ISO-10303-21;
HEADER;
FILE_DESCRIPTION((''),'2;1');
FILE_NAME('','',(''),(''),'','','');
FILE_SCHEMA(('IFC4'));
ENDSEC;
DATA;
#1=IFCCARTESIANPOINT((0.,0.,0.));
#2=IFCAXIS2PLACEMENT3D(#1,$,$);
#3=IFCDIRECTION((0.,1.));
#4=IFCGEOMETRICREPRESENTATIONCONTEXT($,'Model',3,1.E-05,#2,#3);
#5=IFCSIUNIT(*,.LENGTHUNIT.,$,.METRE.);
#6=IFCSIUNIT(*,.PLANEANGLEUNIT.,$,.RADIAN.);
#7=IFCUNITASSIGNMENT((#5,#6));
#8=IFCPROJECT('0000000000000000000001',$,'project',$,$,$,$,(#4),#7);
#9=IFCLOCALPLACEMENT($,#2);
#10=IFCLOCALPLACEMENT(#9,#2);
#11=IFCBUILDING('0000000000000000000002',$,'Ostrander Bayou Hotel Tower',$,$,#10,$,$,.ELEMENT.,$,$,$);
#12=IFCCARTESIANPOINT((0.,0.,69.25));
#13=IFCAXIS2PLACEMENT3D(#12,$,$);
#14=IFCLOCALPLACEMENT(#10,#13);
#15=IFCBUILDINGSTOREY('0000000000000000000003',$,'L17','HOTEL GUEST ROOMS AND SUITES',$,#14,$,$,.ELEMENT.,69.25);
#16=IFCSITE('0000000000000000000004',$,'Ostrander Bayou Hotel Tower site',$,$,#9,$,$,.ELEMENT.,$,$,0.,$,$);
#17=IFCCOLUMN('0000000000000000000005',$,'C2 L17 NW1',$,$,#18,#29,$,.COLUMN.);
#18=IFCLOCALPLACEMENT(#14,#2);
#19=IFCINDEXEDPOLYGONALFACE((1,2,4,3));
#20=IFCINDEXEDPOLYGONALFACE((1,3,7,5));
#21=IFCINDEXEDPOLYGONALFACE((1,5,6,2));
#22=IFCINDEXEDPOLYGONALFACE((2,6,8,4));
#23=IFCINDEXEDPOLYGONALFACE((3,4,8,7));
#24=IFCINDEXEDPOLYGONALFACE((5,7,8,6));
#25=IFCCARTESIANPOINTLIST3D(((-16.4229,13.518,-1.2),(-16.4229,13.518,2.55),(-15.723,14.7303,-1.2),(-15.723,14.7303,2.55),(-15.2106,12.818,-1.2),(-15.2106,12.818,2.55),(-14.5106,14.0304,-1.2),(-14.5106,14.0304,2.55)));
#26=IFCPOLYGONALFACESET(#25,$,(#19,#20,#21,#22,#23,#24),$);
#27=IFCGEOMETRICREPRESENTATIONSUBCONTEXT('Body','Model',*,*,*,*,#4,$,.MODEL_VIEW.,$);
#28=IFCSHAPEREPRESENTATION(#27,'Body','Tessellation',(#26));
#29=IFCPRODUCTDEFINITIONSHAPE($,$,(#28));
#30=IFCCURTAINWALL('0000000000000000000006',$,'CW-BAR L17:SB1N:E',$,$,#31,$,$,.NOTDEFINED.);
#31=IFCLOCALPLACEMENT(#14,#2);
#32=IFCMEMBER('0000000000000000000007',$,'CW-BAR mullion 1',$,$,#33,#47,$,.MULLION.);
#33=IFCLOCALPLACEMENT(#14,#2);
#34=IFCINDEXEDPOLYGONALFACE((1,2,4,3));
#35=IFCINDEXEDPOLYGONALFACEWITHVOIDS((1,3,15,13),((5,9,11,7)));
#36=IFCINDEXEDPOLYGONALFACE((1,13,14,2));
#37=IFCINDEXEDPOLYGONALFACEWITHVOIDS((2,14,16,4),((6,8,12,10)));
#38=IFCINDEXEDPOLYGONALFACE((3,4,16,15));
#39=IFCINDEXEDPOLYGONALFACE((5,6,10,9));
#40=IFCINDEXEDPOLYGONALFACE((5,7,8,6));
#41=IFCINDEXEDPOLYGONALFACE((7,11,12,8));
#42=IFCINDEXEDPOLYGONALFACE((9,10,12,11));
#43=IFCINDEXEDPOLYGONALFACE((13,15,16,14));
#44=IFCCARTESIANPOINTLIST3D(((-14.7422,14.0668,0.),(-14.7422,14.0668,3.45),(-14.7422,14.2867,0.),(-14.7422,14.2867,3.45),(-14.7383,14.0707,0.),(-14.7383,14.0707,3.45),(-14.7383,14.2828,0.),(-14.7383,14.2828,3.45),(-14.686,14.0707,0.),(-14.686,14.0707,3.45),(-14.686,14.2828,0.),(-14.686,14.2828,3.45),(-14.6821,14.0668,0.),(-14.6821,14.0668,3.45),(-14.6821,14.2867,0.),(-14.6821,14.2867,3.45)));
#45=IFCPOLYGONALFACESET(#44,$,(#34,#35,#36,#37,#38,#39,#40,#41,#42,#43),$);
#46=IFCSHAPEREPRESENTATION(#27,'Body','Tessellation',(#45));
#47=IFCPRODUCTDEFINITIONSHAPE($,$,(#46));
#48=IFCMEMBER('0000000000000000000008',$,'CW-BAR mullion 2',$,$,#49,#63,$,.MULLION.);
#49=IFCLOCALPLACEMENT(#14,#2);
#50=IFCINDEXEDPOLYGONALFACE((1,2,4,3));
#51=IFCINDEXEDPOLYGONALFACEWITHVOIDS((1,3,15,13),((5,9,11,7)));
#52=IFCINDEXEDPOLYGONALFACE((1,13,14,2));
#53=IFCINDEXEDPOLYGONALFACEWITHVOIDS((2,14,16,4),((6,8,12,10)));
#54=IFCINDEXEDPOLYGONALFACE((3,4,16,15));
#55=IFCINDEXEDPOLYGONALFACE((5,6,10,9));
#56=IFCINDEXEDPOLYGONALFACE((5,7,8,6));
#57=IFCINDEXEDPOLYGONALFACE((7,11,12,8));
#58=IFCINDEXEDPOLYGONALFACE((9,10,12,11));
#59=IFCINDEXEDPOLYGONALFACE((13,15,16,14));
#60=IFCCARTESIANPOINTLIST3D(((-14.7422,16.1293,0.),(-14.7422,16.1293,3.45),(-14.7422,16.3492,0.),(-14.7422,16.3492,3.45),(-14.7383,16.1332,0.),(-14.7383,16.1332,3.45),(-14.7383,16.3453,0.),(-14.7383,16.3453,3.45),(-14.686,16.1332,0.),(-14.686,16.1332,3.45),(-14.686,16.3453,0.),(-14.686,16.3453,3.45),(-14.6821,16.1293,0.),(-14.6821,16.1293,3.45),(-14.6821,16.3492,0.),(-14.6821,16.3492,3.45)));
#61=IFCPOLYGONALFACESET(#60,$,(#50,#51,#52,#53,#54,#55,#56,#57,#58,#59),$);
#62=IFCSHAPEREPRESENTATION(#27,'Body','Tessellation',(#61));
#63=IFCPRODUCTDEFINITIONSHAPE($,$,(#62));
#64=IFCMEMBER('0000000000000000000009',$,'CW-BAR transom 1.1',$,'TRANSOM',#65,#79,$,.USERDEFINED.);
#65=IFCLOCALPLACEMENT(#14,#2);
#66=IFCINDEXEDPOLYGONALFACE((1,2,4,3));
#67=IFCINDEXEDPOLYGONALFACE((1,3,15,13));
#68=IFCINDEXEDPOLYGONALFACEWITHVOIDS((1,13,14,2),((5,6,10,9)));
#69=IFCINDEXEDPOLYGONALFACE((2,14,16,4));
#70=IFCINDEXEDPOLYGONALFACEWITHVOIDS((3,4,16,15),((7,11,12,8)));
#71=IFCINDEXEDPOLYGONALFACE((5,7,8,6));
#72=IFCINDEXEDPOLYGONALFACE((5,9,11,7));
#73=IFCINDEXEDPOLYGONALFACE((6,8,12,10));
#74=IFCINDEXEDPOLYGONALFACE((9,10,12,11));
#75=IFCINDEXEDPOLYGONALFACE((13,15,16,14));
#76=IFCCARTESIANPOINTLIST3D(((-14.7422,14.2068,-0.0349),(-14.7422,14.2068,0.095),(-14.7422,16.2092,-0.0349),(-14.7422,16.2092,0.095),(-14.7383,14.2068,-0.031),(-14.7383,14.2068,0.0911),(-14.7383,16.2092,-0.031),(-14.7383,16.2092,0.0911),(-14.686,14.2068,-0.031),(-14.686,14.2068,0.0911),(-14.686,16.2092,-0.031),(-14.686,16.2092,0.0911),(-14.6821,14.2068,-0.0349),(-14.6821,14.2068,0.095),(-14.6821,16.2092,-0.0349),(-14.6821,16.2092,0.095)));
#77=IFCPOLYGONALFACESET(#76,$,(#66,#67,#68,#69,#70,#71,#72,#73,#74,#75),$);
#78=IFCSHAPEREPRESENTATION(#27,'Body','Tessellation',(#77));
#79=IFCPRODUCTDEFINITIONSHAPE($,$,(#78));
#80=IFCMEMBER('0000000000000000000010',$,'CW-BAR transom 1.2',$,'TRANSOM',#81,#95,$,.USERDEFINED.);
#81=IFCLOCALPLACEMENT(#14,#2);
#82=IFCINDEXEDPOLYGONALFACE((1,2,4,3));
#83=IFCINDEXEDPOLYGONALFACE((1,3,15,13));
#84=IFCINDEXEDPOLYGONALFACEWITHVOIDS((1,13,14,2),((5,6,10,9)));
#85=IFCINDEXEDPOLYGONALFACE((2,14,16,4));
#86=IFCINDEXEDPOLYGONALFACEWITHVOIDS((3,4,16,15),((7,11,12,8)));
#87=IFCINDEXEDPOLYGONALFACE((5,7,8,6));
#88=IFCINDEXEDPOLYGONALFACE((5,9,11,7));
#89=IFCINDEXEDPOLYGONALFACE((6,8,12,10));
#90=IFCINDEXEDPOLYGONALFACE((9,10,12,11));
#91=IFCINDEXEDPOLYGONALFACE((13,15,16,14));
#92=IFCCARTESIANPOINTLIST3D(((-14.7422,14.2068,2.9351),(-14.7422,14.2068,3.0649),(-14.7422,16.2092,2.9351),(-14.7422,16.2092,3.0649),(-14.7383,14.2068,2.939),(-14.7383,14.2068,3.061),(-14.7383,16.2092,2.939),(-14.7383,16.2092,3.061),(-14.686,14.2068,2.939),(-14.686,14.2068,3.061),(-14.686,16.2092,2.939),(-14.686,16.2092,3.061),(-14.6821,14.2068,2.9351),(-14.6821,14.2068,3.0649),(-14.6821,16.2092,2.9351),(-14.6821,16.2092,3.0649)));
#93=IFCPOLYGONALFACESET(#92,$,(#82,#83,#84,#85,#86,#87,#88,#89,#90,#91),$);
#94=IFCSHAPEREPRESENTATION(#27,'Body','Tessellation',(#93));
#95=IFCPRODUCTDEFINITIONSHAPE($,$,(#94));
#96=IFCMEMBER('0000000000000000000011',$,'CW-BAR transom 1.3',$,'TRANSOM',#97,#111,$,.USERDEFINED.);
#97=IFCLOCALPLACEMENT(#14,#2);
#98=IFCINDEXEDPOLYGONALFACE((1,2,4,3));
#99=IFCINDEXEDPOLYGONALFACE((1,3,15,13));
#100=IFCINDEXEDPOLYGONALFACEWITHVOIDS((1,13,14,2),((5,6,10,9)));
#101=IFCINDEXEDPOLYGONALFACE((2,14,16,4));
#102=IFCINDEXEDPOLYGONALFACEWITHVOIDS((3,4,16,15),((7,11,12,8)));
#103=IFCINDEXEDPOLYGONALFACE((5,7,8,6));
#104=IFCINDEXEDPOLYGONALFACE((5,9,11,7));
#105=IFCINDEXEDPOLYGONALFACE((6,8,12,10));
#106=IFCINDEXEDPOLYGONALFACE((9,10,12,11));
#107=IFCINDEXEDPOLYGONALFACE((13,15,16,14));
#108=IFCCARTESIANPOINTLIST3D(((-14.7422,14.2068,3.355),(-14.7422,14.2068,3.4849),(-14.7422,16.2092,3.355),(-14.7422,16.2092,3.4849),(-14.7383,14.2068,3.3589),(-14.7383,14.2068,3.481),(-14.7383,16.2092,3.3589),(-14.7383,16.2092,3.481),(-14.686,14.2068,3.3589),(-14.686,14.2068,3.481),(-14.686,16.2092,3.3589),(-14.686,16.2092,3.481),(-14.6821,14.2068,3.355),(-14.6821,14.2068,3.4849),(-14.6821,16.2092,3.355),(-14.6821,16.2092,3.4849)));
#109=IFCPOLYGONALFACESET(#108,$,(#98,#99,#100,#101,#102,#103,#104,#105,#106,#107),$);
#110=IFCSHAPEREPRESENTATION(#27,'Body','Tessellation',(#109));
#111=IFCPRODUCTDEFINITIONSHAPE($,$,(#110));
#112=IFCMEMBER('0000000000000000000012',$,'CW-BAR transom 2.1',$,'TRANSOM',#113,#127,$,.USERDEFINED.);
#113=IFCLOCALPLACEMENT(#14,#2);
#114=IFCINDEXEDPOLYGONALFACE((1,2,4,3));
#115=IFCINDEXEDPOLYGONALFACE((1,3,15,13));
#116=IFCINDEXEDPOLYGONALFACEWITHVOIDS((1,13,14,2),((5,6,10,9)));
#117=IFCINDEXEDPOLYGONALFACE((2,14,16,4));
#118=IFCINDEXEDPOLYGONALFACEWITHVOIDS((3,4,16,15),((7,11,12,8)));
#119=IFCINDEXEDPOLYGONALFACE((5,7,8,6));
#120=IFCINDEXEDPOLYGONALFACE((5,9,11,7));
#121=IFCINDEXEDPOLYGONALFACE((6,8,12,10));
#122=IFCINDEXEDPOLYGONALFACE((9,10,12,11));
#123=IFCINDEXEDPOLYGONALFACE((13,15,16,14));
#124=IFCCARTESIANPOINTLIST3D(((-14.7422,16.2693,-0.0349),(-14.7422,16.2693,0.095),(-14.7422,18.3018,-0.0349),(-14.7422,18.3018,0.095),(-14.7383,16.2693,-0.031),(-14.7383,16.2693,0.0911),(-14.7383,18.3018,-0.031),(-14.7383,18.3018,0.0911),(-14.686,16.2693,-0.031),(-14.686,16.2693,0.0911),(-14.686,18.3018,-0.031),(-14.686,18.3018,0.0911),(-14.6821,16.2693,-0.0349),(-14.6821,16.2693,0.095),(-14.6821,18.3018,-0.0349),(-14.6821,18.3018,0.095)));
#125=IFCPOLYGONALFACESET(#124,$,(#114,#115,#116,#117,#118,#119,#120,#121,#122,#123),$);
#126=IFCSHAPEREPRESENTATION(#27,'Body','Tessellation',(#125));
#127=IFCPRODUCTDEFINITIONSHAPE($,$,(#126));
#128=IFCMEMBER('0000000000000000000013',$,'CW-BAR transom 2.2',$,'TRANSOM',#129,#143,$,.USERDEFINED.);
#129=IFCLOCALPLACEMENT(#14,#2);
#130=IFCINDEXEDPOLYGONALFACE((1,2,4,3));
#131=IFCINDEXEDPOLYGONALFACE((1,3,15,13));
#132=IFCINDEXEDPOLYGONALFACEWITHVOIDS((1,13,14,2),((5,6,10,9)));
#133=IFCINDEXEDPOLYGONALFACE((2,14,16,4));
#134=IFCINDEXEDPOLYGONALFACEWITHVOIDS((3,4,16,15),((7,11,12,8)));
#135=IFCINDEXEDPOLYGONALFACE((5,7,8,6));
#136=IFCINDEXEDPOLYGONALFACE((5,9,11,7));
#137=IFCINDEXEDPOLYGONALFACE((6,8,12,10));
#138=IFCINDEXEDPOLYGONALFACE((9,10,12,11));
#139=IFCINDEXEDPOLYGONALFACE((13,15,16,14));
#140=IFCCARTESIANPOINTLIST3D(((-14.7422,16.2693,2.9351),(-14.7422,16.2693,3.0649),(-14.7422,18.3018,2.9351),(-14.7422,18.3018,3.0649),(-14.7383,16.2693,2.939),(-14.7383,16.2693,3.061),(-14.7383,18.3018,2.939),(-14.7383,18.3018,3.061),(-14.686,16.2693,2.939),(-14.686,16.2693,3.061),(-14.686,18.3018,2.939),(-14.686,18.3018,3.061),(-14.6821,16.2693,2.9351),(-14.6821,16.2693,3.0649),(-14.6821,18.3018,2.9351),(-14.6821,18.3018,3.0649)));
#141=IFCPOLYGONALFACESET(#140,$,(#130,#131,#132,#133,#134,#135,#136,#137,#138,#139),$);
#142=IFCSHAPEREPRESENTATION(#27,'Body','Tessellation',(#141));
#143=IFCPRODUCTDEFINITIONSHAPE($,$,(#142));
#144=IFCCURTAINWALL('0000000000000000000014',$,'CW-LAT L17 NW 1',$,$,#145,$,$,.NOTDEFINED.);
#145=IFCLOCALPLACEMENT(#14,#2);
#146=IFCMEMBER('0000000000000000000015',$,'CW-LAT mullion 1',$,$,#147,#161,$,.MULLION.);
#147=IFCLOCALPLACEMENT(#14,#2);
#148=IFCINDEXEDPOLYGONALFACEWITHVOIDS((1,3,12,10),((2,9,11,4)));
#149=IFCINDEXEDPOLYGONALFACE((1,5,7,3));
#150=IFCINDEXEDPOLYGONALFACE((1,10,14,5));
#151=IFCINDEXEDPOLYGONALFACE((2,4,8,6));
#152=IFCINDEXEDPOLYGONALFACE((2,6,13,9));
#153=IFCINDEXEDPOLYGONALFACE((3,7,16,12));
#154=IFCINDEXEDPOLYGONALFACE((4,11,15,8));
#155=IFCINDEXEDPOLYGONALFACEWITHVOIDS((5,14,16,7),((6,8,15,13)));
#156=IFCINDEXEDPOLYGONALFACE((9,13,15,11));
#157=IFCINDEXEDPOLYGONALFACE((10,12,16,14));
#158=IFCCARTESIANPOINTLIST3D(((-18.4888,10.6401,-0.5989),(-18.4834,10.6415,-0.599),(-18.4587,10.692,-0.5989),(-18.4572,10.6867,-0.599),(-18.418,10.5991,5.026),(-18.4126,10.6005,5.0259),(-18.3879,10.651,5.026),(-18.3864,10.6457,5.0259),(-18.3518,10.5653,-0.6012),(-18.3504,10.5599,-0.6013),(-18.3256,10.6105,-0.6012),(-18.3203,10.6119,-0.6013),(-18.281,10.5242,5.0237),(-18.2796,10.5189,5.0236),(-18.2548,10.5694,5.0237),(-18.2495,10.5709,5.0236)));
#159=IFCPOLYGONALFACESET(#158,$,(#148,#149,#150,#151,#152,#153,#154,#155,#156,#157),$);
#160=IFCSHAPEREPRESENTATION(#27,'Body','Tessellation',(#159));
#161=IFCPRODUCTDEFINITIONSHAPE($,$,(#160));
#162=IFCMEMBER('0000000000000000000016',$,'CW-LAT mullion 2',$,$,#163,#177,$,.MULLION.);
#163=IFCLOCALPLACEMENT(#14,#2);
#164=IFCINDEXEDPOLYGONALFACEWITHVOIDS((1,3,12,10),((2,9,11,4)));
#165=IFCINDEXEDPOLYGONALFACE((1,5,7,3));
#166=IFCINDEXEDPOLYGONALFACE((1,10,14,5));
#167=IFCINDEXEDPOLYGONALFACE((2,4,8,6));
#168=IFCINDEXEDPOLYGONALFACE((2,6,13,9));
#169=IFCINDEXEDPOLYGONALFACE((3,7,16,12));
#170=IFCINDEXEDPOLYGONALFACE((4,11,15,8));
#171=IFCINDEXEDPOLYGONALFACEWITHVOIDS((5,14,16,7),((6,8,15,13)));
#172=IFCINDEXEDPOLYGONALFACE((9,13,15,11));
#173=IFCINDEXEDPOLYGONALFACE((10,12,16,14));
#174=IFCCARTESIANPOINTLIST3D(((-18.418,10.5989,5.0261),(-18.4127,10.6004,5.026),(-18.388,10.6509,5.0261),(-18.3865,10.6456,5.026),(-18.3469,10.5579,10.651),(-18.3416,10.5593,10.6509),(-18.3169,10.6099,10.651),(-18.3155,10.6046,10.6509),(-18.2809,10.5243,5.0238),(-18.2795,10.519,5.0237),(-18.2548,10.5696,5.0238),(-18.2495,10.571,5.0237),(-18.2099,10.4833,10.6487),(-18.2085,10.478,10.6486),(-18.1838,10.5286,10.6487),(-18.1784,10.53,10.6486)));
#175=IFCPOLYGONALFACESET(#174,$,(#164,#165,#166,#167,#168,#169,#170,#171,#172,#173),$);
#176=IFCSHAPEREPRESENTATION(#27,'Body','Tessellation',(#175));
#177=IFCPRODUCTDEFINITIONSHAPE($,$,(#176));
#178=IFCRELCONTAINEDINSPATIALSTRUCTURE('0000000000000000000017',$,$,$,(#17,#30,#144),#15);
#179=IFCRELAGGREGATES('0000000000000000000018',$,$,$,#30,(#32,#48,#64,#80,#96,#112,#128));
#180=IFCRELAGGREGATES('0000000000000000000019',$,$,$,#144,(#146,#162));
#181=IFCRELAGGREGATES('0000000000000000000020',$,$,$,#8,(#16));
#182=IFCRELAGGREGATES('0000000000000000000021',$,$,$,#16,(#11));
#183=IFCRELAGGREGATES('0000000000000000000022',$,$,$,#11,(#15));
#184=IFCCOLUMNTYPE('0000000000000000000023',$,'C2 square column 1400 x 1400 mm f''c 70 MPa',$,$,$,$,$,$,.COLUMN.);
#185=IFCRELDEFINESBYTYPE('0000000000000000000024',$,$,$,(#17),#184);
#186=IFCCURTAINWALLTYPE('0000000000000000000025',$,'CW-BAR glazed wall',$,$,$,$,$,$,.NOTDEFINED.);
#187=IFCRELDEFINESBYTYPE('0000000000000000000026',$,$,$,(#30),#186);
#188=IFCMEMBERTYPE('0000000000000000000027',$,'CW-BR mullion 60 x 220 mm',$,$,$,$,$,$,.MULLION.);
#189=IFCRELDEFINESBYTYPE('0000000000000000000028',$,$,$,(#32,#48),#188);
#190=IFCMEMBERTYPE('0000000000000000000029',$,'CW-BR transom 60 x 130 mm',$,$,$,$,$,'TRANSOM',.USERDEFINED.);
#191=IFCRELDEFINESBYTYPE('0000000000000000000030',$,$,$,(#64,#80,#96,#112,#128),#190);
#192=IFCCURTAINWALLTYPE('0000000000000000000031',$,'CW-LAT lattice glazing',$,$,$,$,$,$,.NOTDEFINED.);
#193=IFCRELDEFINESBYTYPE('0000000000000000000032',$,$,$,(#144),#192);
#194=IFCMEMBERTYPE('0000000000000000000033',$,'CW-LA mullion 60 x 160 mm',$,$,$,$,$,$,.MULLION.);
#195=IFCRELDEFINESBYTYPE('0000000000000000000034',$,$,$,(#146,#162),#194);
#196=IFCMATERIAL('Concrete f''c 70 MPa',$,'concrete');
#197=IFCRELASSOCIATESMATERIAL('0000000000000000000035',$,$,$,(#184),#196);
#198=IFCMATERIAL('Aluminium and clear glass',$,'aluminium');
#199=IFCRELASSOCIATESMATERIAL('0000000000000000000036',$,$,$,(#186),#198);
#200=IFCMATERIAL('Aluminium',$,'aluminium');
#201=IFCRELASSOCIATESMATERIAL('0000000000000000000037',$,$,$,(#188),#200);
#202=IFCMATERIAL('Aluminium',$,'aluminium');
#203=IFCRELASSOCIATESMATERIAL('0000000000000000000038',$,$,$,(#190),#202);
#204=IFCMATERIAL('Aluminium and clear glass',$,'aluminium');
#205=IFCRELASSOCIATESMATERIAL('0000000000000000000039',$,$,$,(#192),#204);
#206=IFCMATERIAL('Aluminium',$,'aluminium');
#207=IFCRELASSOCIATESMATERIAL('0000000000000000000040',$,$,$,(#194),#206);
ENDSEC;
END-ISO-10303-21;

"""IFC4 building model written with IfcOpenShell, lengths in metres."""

from ifc_helpers import new_model, si_unit, direction, frame, origin, origin_2d, place, context, subcontext, project, spatial, rectangle, hollow_rectangle, extrude, material, material_profile, profile_set, type_object, element, aggregate, save


model = new_model("IFC4")

# Units and contexts
model_context = context("Model", 3, precision=1e-05, world=origin(), true_north=direction((0.0, 1.0)))
body_context = subcontext(model_context, "Body", "Model", "MODEL_VIEW")
ifc_project = project(units=[si_unit("LENGTHUNIT", "METRE"), si_unit("PLANEANGLEUNIT", "RADIAN")], contexts=[model_context])

# Site, building, storey
site_placement = place(None, origin())
site = spatial("IfcSite", under=ifc_project, at=site_placement, Name="Ostrander Bayou Hotel Tower site", CompositionType="ELEMENT", RefElevation=0.0)
building_placement = place(site_placement, origin())
building = spatial("IfcBuilding", under=site, at=building_placement, Name="Ostrander Bayou Hotel Tower", CompositionType="ELEMENT")
storey_placement = place(building_placement, frame((0.0, 0.0, 69.25)))
storey = spatial("IfcBuildingStorey", under=building, at=storey_placement, Name="L17", Description="HOTEL GUEST ROOMS AND SUITES", CompositionType="ELEMENT", Elevation=69.25)

# Column
ifc_material_1 = material(Name="Concrete f'c 70 MPa", Category="concrete")
ifc_material_profile_1 = material_profile(ifc_material_1, rectangle(XDim=1.3999, YDim=1.3999, at=origin_2d()))
ifc_profile_set_1 = profile_set([ifc_material_profile_1], Name="Concrete f'c 70 MPa")
column_type = type_object("IfcColumnType", Name="C2 square column 1400 x 1400 mm f'c 70 MPa", PredefinedType="COLUMN", material=ifc_profile_set_1)
column_placement = place(storey_placement, frame((-15.4668, 13.7742, -1.2), z_axis=(0.0, 0.0, 1.0), x_axis=(0.5, 0.866025, 0.0)))
element("IfcColumn", 1, at=column_placement, inside=storey, type_object=column_type, Name="C2 L17 NW1", PredefinedType="COLUMN", context=body_context, shape_type="SweptSolid", body=[
    extrude(rectangle(XDim=1.3999, YDim=1.3999, at=origin_2d()), origin(), (0.0, 0.0, 1.0), 3.75),
])

# Curtain walls, members
ifc_material_2 = material(Name="Aluminium and clear glass", Category="aluminium")
curtain_wall_type_1 = type_object("IfcCurtainWallType", Name="CW-BAR glazed wall", PredefinedType="NOTDEFINED", material=ifc_material_2)
curtain_wall_1_placement = place(storey_placement, origin())
curtain_wall_1 = element("IfcCurtainWall", 2, at=curtain_wall_1_placement, inside=storey, type_object=curtain_wall_type_1, Name="CW-BAR L17:SB1N:E", PredefinedType="NOTDEFINED")
ifc_material_3 = material(Name="Aluminium", Category="aluminium")
ifc_material_profile_2 = material_profile(ifc_material_3, hollow_rectangle(XDim=0.0601, YDim=0.22, WallThickness=0.0039, at=origin_2d()))
ifc_profile_set_2 = profile_set([ifc_material_profile_2], Name="Aluminium")
member_type_1 = type_object("IfcMemberType", Name="CW-BR mullion 60 x 220 mm", PredefinedType="MULLION", material=ifc_profile_set_2)
member_1_placement = place(storey_placement, frame((-14.7122, 14.1768, 0.0), z_axis=(0.0, 0.0, 1.0), x_axis=(-1.0, 0.0, 0.0)))
member_1 = element("IfcMember", 3, at=member_1_placement, type_object=member_type_1, Name="CW-BAR mullion 1", PredefinedType="MULLION", context=body_context, shape_type="SweptSolid", body=[
    extrude(hollow_rectangle(XDim=0.0601, YDim=0.22, WallThickness=0.0039, at=origin_2d()), origin(), (0.0, 0.0, 1.0), 3.45),
])
member_2_placement = place(storey_placement, frame((-14.7122, 16.2393, 0.0), z_axis=(0.0, 0.0, 1.0), x_axis=(-1.0, 0.0, 0.0)))
member_2 = element("IfcMember", 4, at=member_2_placement, type_object=member_type_1, Name="CW-BAR mullion 2", PredefinedType="MULLION", context=body_context, shape_type="SweptSolid", body=[
    extrude(hollow_rectangle(XDim=0.0601, YDim=0.22, WallThickness=0.0039, at=origin_2d()), origin(), (0.0, 0.0, 1.0), 3.45),
])
ifc_material_4 = material(Name="Aluminium", Category="aluminium")
ifc_material_profile_3 = material_profile(ifc_material_4, hollow_rectangle(XDim=0.0601, YDim=0.1299, WallThickness=0.0039, at=origin_2d()))
ifc_profile_set_3 = profile_set([ifc_material_profile_3], Name="Aluminium")
member_type_2 = type_object("IfcMemberType", Name="CW-BR transom 60 x 130 mm", ElementType="TRANSOM", PredefinedType="USERDEFINED", material=ifc_profile_set_3)
member_3_placement = place(storey_placement, frame((-14.7122, 14.2068, 0.03), z_axis=(0.0, 1.0, 0.0), x_axis=(-1.0, 0.0, 0.0)))
member_3 = element("IfcMember", 5, at=member_3_placement, type_object=member_type_2, Name="CW-BAR transom 1.1", ObjectType="TRANSOM", PredefinedType="USERDEFINED", context=body_context, shape_type="SweptSolid", body=[
    extrude(hollow_rectangle(XDim=0.0601, YDim=0.1299, WallThickness=0.0039, at=origin_2d()), origin(), (0.0, 0.0, 1.0), 2.0024),
])
member_4_placement = place(storey_placement, frame((-14.7122, 14.2068, 3.0), z_axis=(0.0, 1.0, 0.0), x_axis=(-1.0, 0.0, 0.0)))
member_4 = element("IfcMember", 6, at=member_4_placement, type_object=member_type_2, Name="CW-BAR transom 1.2", ObjectType="TRANSOM", PredefinedType="USERDEFINED", context=body_context, shape_type="SweptSolid", body=[
    extrude(hollow_rectangle(XDim=0.0601, YDim=0.1299, WallThickness=0.0039, at=origin_2d()), origin(), (0.0, 0.0, 1.0), 2.0024),
])
member_5_placement = place(storey_placement, frame((-14.7122, 14.2068, 3.4199), z_axis=(0.0, 1.0, 0.0), x_axis=(-1.0, 0.0, 0.0)))
member_5 = element("IfcMember", 7, at=member_5_placement, type_object=member_type_2, Name="CW-BAR transom 1.3", ObjectType="TRANSOM", PredefinedType="USERDEFINED", context=body_context, shape_type="SweptSolid", body=[
    extrude(hollow_rectangle(XDim=0.0601, YDim=0.1299, WallThickness=0.0039, at=origin_2d()), origin(), (0.0, 0.0, 1.0), 2.0024),
])
member_6_placement = place(storey_placement, frame((-14.7122, 16.2693, 0.03), z_axis=(0.0, 1.0, 0.0), x_axis=(-1.0, 0.0, 0.0)))
member_6 = element("IfcMember", 8, at=member_6_placement, type_object=member_type_2, Name="CW-BAR transom 2.1", ObjectType="TRANSOM", PredefinedType="USERDEFINED", context=body_context, shape_type="SweptSolid", body=[
    extrude(hollow_rectangle(XDim=0.0601, YDim=0.1299, WallThickness=0.0039, at=origin_2d()), origin(), (0.0, 0.0, 1.0), 2.0325),
])
member_7_placement = place(storey_placement, frame((-14.7122, 16.2693, 3.0), z_axis=(0.0, 1.0, 0.0), x_axis=(-1.0, 0.0, 0.0)))
member_7 = element("IfcMember", 9, at=member_7_placement, type_object=member_type_2, Name="CW-BAR transom 2.2", ObjectType="TRANSOM", PredefinedType="USERDEFINED", context=body_context, shape_type="SweptSolid", body=[
    extrude(hollow_rectangle(XDim=0.0601, YDim=0.1299, WallThickness=0.0039, at=origin_2d()), origin(), (0.0, 0.0, 1.0), 2.0325),
])
ifc_material_5 = material(Name="Aluminium and clear glass", Category="aluminium")
curtain_wall_type_2 = type_object("IfcCurtainWallType", Name="CW-LAT lattice glazing", PredefinedType="NOTDEFINED", material=ifc_material_5)
curtain_wall_2_placement = place(storey_placement, origin())
curtain_wall_2 = element("IfcCurtainWall", 10, at=curtain_wall_2_placement, inside=storey, type_object=curtain_wall_type_2, Name="CW-LAT L17 NW 1", PredefinedType="NOTDEFINED")
ifc_material_6 = material(Name="Aluminium", Category="aluminium")
ifc_material_profile_4 = material_profile(ifc_material_6, hollow_rectangle(XDim=0.0601, YDim=0.1599, WallThickness=0.0039, at=origin_2d()))
ifc_profile_set_4 = profile_set([ifc_material_profile_4], Name="Aluminium")
member_type_3 = type_object("IfcMemberType", Name="CW-LA mullion 60 x 160 mm", PredefinedType="MULLION", material=ifc_profile_set_4)
member_8_placement = place(storey_placement, frame((-18.4045, 10.626, -0.6001), z_axis=(0.012585, -0.007291, 0.999894), x_axis=(0.501271, 0.86529, 0.0)))
member_8 = element("IfcMember", 11, at=member_8_placement, type_object=member_type_3, Name="CW-LAT mullion 1", PredefinedType="MULLION", context=body_context, shape_type="SweptSolid", body=[
    extrude(hollow_rectangle(XDim=0.0601, YDim=0.1599, WallThickness=0.0039, at=origin_2d()), origin(), (0.0, 0.0, 1.0), 5.6255),
])
member_9_placement = place(storey_placement, frame((-18.3337, 10.585, 5.0249), z_axis=(0.012629, -0.007291, 0.999894), x_axis=(0.49998, 0.866037, 0.0)))
member_9 = element("IfcMember", 12, at=member_9_placement, type_object=member_type_3, Name="CW-LAT mullion 2", PredefinedType="MULLION", context=body_context, shape_type="SweptSolid", body=[
    extrude(hollow_rectangle(XDim=0.0601, YDim=0.1599, WallThickness=0.0039, at=origin_2d()), origin(), (0.0, 0.0, 1.0), 5.6255),
])

aggregate(curtain_wall_1, [member_1, member_2, member_3, member_4, member_5, member_6, member_7])
aggregate(curtain_wall_2, [member_8, member_9])

save(model, "model.ifc")
